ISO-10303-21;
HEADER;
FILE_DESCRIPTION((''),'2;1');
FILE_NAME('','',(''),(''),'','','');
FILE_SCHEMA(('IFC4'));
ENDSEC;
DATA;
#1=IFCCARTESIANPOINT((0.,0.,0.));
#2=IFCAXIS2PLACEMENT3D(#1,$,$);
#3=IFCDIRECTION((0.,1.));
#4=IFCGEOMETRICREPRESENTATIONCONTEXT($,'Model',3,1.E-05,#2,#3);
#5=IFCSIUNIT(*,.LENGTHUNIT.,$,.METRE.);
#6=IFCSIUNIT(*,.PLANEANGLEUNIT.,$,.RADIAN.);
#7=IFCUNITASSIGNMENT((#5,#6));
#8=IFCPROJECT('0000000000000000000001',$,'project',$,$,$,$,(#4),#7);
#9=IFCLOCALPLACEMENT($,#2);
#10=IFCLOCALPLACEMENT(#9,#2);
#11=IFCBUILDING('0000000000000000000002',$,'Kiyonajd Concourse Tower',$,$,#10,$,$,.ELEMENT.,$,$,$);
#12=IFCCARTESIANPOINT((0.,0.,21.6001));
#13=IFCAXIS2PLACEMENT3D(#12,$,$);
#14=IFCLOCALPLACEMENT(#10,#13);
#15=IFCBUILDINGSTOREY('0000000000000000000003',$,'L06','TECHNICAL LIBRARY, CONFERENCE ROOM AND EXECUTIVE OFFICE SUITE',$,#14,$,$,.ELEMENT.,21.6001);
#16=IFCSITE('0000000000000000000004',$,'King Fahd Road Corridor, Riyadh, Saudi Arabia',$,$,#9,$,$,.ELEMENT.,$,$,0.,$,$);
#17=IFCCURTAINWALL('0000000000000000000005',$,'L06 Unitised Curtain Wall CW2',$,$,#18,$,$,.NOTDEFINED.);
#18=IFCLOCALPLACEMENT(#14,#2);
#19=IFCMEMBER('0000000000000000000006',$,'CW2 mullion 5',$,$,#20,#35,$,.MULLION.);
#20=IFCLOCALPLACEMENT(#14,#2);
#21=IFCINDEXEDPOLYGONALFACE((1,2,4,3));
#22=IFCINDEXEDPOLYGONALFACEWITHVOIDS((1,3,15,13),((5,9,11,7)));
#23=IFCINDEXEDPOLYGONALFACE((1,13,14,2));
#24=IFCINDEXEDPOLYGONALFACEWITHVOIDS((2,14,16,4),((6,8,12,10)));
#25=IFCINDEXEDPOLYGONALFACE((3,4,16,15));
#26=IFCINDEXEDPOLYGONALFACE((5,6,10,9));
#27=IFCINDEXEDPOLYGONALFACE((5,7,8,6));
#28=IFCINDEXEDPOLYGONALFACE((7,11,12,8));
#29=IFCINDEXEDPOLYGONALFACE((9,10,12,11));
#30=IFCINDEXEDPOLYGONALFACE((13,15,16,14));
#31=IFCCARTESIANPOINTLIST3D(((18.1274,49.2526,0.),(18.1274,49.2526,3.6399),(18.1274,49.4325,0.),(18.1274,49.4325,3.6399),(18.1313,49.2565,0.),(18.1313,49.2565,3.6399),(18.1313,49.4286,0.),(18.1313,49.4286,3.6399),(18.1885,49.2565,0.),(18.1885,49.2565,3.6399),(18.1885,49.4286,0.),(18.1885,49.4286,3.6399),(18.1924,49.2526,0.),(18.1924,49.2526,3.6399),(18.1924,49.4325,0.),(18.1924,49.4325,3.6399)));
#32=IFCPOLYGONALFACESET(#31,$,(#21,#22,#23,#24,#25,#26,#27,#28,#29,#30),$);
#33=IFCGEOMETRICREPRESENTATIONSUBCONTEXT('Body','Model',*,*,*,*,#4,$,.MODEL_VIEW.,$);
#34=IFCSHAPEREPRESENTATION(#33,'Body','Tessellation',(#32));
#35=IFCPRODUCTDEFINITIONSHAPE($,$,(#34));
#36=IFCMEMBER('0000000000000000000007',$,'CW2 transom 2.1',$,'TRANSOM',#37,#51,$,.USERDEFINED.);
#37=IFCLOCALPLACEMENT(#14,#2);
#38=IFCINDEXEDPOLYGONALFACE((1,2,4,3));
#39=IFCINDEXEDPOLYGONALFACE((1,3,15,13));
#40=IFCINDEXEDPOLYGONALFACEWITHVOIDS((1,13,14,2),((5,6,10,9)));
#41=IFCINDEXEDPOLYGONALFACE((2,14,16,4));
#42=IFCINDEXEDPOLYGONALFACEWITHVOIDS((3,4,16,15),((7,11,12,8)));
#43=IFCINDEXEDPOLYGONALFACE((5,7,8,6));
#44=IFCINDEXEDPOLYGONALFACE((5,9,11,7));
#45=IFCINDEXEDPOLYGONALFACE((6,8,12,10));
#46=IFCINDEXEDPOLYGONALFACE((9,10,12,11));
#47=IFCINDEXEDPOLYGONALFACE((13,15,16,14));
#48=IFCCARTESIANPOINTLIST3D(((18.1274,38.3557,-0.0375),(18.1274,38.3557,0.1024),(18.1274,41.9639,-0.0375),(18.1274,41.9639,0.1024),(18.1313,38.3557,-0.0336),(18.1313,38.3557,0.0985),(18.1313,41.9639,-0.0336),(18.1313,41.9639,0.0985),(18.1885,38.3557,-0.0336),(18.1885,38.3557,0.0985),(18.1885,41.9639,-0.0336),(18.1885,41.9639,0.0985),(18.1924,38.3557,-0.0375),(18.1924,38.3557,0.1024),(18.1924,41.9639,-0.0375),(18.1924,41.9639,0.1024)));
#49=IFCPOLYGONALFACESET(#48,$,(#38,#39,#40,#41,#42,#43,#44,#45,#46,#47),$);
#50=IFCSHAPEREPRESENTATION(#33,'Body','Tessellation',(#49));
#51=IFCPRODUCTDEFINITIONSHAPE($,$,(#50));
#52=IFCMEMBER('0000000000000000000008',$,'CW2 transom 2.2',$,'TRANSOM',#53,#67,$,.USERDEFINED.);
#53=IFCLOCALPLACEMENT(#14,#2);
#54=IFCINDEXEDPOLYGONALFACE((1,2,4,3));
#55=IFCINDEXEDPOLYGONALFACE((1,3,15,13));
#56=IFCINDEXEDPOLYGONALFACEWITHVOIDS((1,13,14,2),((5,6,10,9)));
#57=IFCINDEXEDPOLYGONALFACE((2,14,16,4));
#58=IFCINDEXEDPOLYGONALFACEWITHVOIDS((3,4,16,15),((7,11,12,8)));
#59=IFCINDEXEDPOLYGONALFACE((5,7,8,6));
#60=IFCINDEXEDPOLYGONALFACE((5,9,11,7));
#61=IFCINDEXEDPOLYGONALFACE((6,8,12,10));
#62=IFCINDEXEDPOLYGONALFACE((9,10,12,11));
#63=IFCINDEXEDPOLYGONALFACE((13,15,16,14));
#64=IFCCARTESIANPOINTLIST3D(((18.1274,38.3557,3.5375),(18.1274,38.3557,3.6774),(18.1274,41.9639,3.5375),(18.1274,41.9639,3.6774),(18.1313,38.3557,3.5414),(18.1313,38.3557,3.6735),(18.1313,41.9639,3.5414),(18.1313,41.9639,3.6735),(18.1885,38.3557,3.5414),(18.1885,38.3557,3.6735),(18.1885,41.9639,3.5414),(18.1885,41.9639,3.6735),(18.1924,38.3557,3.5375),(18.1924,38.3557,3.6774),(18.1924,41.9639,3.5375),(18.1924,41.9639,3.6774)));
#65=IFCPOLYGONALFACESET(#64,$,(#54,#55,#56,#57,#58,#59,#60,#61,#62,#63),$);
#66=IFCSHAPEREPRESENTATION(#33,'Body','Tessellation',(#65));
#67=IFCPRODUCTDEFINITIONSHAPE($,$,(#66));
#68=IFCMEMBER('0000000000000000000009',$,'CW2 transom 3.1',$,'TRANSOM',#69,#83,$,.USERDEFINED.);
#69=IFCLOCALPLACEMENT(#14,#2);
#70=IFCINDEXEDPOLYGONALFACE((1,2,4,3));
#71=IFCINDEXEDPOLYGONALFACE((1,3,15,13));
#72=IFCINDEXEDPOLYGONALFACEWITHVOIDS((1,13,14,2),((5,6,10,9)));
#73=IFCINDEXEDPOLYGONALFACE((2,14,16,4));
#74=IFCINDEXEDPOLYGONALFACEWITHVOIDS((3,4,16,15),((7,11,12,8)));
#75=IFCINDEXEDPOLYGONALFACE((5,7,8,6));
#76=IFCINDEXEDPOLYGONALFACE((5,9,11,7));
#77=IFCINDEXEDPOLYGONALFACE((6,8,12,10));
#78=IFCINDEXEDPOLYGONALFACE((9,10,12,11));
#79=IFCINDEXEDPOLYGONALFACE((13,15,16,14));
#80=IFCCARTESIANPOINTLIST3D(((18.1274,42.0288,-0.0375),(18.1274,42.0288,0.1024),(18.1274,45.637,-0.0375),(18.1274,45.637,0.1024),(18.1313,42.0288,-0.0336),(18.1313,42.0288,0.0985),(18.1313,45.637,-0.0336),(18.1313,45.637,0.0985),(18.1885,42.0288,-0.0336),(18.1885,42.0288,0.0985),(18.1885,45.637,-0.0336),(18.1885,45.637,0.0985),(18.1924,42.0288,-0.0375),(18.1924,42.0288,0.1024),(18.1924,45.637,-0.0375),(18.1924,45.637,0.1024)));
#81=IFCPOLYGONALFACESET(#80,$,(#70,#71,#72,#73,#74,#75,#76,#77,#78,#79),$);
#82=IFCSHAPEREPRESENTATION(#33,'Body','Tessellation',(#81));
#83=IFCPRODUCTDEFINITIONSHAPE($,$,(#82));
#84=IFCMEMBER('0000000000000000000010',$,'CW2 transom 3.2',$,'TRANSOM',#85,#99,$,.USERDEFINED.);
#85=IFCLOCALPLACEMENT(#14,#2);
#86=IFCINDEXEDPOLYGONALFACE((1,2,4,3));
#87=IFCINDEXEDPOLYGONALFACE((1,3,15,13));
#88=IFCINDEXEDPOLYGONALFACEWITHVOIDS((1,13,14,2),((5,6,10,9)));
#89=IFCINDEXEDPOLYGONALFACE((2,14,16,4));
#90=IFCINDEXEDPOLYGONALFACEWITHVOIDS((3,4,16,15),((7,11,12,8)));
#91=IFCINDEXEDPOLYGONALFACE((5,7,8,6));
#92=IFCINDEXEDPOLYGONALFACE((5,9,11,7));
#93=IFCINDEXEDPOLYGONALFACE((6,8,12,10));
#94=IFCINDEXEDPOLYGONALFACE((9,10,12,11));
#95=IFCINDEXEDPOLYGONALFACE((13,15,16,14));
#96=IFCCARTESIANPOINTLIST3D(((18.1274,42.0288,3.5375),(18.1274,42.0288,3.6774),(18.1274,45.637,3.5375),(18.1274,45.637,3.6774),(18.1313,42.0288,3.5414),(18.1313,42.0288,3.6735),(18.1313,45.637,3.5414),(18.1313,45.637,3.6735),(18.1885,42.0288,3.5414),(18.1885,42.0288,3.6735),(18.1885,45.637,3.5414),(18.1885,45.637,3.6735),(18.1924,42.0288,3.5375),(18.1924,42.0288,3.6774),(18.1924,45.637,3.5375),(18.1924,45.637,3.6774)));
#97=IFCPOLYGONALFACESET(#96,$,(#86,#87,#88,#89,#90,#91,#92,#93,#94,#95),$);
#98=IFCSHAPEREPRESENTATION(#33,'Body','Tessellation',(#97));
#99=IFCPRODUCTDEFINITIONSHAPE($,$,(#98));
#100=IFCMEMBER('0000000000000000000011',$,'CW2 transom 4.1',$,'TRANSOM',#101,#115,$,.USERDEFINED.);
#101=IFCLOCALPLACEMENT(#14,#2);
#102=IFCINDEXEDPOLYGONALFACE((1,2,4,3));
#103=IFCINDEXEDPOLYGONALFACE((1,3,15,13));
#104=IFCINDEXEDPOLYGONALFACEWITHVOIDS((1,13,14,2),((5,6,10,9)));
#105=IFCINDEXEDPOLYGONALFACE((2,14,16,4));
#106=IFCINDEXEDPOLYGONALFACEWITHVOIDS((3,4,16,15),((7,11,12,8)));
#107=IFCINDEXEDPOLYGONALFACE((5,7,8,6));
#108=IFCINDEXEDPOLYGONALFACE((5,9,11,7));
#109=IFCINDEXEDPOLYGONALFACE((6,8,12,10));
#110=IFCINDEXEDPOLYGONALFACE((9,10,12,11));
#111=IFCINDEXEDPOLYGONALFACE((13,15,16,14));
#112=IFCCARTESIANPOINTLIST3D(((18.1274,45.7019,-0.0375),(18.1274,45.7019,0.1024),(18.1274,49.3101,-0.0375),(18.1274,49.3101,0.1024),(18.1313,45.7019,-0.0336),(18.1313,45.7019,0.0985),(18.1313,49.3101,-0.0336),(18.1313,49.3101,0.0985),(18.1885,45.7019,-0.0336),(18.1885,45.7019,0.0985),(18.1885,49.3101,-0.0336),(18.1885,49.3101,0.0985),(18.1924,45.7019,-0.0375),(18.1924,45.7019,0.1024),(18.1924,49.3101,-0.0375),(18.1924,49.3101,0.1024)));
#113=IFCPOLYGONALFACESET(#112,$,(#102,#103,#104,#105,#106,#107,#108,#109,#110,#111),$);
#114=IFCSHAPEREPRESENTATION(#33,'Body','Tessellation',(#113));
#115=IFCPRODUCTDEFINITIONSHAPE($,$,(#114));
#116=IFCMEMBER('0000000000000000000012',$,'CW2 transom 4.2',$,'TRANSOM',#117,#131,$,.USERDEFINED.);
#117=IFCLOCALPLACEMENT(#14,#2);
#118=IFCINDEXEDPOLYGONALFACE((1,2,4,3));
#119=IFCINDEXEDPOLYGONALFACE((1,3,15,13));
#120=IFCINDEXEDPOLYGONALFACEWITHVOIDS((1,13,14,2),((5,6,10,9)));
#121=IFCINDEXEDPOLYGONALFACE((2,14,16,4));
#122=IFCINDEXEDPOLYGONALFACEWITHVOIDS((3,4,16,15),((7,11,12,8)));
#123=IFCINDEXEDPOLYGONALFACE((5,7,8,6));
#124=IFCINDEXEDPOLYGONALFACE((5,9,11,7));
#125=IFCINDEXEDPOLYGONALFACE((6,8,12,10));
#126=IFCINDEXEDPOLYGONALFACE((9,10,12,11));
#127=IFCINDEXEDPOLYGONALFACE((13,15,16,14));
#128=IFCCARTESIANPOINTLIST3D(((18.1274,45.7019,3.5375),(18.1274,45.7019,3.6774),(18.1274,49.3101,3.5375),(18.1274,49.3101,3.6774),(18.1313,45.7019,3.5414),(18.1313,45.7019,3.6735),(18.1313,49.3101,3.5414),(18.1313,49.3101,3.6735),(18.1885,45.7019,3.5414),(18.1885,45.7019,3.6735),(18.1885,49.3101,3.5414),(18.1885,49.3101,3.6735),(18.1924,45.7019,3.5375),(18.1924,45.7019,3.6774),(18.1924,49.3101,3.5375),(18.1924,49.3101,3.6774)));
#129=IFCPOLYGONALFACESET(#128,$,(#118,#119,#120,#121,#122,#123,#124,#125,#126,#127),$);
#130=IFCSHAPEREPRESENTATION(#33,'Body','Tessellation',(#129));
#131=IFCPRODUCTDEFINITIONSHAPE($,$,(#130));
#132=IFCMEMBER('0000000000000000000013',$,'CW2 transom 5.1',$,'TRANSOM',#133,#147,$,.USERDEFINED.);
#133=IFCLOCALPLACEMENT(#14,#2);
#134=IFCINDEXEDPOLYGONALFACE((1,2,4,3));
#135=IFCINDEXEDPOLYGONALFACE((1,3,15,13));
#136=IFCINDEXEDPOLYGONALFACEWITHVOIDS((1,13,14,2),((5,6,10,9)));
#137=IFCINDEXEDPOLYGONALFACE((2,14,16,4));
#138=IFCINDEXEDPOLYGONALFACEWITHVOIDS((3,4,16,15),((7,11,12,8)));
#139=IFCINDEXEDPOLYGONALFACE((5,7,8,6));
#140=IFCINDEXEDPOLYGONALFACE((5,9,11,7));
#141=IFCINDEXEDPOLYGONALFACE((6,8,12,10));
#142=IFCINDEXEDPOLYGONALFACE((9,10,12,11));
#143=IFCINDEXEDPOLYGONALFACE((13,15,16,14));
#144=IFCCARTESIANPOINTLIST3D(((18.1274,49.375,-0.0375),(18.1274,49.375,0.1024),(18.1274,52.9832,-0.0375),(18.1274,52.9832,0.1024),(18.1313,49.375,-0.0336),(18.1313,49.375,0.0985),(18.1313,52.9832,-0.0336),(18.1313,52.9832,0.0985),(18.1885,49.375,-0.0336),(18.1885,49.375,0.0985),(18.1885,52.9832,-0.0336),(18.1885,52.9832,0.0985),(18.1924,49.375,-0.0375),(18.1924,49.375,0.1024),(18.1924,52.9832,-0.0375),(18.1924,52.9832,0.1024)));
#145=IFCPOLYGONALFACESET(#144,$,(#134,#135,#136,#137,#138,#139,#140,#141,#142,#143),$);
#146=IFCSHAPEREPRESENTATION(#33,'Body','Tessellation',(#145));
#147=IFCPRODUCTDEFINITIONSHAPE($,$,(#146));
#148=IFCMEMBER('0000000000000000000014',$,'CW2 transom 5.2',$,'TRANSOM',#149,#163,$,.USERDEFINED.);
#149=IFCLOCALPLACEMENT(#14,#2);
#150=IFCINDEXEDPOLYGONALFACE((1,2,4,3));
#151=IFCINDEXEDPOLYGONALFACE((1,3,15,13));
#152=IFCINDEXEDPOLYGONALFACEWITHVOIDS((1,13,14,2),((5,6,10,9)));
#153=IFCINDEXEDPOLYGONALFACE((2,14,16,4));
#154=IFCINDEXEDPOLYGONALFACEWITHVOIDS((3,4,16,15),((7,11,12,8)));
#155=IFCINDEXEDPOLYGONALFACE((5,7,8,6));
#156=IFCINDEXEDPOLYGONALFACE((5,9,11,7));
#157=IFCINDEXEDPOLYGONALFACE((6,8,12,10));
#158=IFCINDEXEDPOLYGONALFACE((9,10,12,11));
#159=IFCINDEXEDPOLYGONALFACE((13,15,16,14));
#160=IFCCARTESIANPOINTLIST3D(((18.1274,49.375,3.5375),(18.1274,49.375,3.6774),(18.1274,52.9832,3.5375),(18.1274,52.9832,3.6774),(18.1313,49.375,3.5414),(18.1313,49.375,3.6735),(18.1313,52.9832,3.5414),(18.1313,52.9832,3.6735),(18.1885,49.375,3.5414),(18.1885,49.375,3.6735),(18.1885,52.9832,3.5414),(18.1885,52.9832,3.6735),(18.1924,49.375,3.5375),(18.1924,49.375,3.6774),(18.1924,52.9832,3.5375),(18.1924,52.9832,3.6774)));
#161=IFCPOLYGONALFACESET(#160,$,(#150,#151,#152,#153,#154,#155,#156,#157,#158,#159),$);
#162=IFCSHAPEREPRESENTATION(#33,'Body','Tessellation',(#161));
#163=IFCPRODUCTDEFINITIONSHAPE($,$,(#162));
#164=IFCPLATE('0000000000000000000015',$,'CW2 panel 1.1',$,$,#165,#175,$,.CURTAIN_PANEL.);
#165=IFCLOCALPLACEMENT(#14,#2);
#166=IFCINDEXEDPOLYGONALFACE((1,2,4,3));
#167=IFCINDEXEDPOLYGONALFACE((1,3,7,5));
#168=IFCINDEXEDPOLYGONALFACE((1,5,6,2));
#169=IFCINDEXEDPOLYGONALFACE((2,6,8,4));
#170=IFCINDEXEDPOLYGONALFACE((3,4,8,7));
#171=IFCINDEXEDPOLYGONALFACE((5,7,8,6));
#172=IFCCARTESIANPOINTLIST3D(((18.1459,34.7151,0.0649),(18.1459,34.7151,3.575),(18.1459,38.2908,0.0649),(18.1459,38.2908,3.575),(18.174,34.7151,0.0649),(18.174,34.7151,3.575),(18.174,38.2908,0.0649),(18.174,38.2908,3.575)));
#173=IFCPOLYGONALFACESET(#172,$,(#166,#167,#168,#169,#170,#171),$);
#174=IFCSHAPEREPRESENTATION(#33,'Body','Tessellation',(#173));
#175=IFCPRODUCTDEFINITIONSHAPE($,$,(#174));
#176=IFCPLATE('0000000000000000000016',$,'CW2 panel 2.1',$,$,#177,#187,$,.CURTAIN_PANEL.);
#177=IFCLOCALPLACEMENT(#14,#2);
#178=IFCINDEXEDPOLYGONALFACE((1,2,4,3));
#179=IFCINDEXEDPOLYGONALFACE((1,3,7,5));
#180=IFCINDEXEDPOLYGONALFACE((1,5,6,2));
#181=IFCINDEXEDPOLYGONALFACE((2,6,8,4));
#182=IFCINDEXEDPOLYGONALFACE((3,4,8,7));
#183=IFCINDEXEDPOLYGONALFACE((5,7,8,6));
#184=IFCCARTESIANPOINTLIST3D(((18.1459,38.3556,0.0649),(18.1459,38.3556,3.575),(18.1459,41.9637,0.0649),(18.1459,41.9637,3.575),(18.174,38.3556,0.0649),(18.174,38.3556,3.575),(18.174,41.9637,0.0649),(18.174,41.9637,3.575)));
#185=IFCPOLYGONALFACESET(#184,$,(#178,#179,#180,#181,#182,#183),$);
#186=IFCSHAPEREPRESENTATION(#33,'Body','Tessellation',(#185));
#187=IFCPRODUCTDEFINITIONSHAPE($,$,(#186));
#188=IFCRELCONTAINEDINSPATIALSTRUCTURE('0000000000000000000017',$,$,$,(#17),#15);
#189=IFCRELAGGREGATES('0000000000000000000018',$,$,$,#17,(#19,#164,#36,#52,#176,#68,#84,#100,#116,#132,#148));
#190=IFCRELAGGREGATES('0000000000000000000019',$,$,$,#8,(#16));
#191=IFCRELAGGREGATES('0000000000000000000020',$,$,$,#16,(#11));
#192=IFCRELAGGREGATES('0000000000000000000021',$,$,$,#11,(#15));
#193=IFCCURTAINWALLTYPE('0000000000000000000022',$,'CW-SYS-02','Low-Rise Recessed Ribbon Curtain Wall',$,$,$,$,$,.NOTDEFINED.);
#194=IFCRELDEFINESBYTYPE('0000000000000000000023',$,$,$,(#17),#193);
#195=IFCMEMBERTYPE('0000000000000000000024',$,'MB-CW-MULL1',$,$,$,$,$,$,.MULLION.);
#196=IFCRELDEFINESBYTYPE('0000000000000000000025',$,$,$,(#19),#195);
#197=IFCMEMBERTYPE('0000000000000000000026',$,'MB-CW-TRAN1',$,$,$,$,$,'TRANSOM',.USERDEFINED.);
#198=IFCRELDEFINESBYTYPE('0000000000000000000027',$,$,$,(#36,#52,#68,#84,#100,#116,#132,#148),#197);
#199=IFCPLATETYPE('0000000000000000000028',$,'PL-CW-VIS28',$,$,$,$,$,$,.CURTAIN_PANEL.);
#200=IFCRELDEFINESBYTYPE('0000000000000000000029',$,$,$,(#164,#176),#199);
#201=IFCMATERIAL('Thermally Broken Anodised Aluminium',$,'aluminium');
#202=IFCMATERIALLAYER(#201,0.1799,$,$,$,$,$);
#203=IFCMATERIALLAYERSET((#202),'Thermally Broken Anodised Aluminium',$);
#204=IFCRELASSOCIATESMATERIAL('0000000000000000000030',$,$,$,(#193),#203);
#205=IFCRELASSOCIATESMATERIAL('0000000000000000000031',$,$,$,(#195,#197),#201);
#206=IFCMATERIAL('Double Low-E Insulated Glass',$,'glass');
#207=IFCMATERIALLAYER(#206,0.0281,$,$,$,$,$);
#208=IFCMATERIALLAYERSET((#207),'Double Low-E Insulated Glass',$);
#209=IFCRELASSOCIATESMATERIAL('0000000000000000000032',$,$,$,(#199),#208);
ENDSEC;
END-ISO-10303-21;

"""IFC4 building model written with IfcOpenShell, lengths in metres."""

from ifc_helpers import new_model, si_unit, direction, frame, origin, origin_2d, place, context, subcontext, project, spatial, rectangle, hollow_rectangle, extrude, material, layer, layer_set, material_profile, profile_set, type_object, element, aggregate, save


model = new_model("IFC4")

# Units and contexts
model_context = context("Model", 3, precision=1e-05, world=origin(), true_north=direction((0.0, 1.0)))
body_context = subcontext(model_context, "Body", "Model", "MODEL_VIEW")
ifc_project = project(units=[si_unit("LENGTHUNIT", "METRE"), si_unit("PLANEANGLEUNIT", "RADIAN")], contexts=[model_context])

# Site, building, storey
site_placement = place(None, origin())
site = spatial("IfcSite", under=ifc_project, at=site_placement, Name="King Fahd Road Corridor, Riyadh, Saudi Arabia", CompositionType="ELEMENT", RefElevation=0.0)
building_placement = place(site_placement, origin())
building = spatial("IfcBuilding", under=site, at=building_placement, Name="Kiyonajd Concourse Tower", CompositionType="ELEMENT")
storey_placement = place(building_placement, frame((0.0, 0.0, 21.6001)))
storey = spatial("IfcBuildingStorey", under=building, at=storey_placement, Name="L06", Description="TECHNICAL LIBRARY, CONFERENCE ROOM AND EXECUTIVE OFFICE SUITE", CompositionType="ELEMENT", Elevation=21.6001)

# Curtain wall, members, plates
ifc_material_1 = material(Name="Thermally Broken Anodised Aluminium", Category="aluminium")
ifc_layer_1 = layer(ifc_material_1, 0.1799)
ifc_layer_set_1 = layer_set([ifc_layer_1], Name="Thermally Broken Anodised Aluminium")
curtain_wall_type = type_object("IfcCurtainWallType", Name="CW-SYS-02", Description="Low-Rise Recessed Ribbon Curtain Wall", PredefinedType="NOTDEFINED", material=ifc_layer_set_1)
curtain_wall_placement = place(storey_placement, origin())
curtain_wall = element("IfcCurtainWall", 1, at=curtain_wall_placement, inside=storey, type_object=curtain_wall_type, Name="L06 Unitised Curtain Wall CW2", PredefinedType="NOTDEFINED")
ifc_material_profile_1 = material_profile(ifc_material_1, hollow_rectangle(XDim=0.0649, YDim=0.1799, WallThickness=0.0039, at=origin_2d()), Name="MULL-65x180")
ifc_profile_set_1 = profile_set([ifc_material_profile_1], Name="Thermally Broken Anodised Aluminium")
member_type_1 = type_object("IfcMemberType", Name="MB-CW-MULL1", PredefinedType="MULLION", material=ifc_profile_set_1)
member_1_placement = place(storey_placement, frame((18.1599, 49.3425, 0.0), z_axis=(0.0, 0.0, 1.0), x_axis=(-1.0, 0.0, 0.0)))
member_1 = element("IfcMember", 2, at=member_1_placement, type_object=member_type_1, Name="CW2 mullion 5", PredefinedType="MULLION", context=body_context, shape_type="SweptSolid", body=[
    extrude(hollow_rectangle(XDim=0.0649, YDim=0.1799, WallThickness=0.0039, at=origin_2d()), origin(), (0.0, 0.0, 1.0), 3.6399),
])
ifc_material_profile_2 = material_profile(ifc_material_1, hollow_rectangle(XDim=0.0649, YDim=0.1399, WallThickness=0.0039, at=origin_2d()), Name="TRAN-65x140")
ifc_profile_set_2 = profile_set([ifc_material_profile_2], Name="Thermally Broken Anodised Aluminium")
member_type_2 = type_object("IfcMemberType", Name="MB-CW-TRAN1", ElementType="TRANSOM", PredefinedType="USERDEFINED", material=ifc_profile_set_2)
member_2_placement = place(storey_placement, frame((18.1599, 38.3557, 0.0325), z_axis=(0.0, 1.0, 0.0), x_axis=(-1.0, 0.0, 0.0)))
member_2 = element("IfcMember", 3, at=member_2_placement, type_object=member_type_2, Name="CW2 transom 2.1", ObjectType="TRANSOM", PredefinedType="USERDEFINED", context=body_context, shape_type="SweptSolid", body=[
    extrude(hollow_rectangle(XDim=0.0649, YDim=0.1399, WallThickness=0.0039, at=origin_2d()), origin(), (0.0, 0.0, 1.0), 3.6082),
])
member_3_placement = place(storey_placement, frame((18.1599, 38.3557, 3.6074), z_axis=(0.0, 1.0, 0.0), x_axis=(-1.0, 0.0, 0.0)))
member_3 = element("IfcMember", 4, at=member_3_placement, type_object=member_type_2, Name="CW2 transom 2.2", ObjectType="TRANSOM", PredefinedType="USERDEFINED", context=body_context, shape_type="SweptSolid", body=[
    extrude(hollow_rectangle(XDim=0.0649, YDim=0.1399, WallThickness=0.0039, at=origin_2d()), origin(), (0.0, 0.0, 1.0), 3.6082),
])
member_4_placement = place(storey_placement, frame((18.1599, 42.0288, 0.0325), z_axis=(0.0, 1.0, 0.0), x_axis=(-1.0, 0.0, 0.0)))
member_4 = element("IfcMember", 5, at=member_4_placement, type_object=member_type_2, Name="CW2 transom 3.1", ObjectType="TRANSOM", PredefinedType="USERDEFINED", context=body_context, shape_type="SweptSolid", body=[
    extrude(hollow_rectangle(XDim=0.0649, YDim=0.1399, WallThickness=0.0039, at=origin_2d()), origin(), (0.0, 0.0, 1.0), 3.6082),
])
member_5_placement = place(storey_placement, frame((18.1599, 42.0288, 3.6074), z_axis=(0.0, 1.0, 0.0), x_axis=(-1.0, 0.0, 0.0)))
member_5 = element("IfcMember", 6, at=member_5_placement, type_object=member_type_2, Name="CW2 transom 3.2", ObjectType="TRANSOM", PredefinedType="USERDEFINED", context=body_context, shape_type="SweptSolid", body=[
    extrude(hollow_rectangle(XDim=0.0649, YDim=0.1399, WallThickness=0.0039, at=origin_2d()), origin(), (0.0, 0.0, 1.0), 3.6082),
])
member_6_placement = place(storey_placement, frame((18.1599, 45.7019, 0.0325), z_axis=(0.0, 1.0, 0.0), x_axis=(-1.0, 0.0, 0.0)))
member_6 = element("IfcMember", 7, at=member_6_placement, type_object=member_type_2, Name="CW2 transom 4.1", ObjectType="TRANSOM", PredefinedType="USERDEFINED", context=body_context, shape_type="SweptSolid", body=[
    extrude(hollow_rectangle(XDim=0.0649, YDim=0.1399, WallThickness=0.0039, at=origin_2d()), origin(), (0.0, 0.0, 1.0), 3.6082),
])
member_7_placement = place(storey_placement, frame((18.1599, 45.7019, 3.6074), z_axis=(0.0, 1.0, 0.0), x_axis=(-1.0, 0.0, 0.0)))
member_7 = element("IfcMember", 8, at=member_7_placement, type_object=member_type_2, Name="CW2 transom 4.2", ObjectType="TRANSOM", PredefinedType="USERDEFINED", context=body_context, shape_type="SweptSolid", body=[
    extrude(hollow_rectangle(XDim=0.0649, YDim=0.1399, WallThickness=0.0039, at=origin_2d()), origin(), (0.0, 0.0, 1.0), 3.6082),
])
member_8_placement = place(storey_placement, frame((18.1599, 49.375, 0.0325), z_axis=(0.0, 1.0, 0.0), x_axis=(-1.0, 0.0, 0.0)))
member_8 = element("IfcMember", 9, at=member_8_placement, type_object=member_type_2, Name="CW2 transom 5.1", ObjectType="TRANSOM", PredefinedType="USERDEFINED", context=body_context, shape_type="SweptSolid", body=[
    extrude(hollow_rectangle(XDim=0.0649, YDim=0.1399, WallThickness=0.0039, at=origin_2d()), origin(), (0.0, 0.0, 1.0), 3.6082),
])
member_9_placement = place(storey_placement, frame((18.1599, 49.375, 3.6074), z_axis=(0.0, 1.0, 0.0), x_axis=(-1.0, 0.0, 0.0)))
member_9 = element("IfcMember", 10, at=member_9_placement, type_object=member_type_2, Name="CW2 transom 5.2", ObjectType="TRANSOM", PredefinedType="USERDEFINED", context=body_context, shape_type="SweptSolid", body=[
    extrude(hollow_rectangle(XDim=0.0649, YDim=0.1399, WallThickness=0.0039, at=origin_2d()), origin(), (0.0, 0.0, 1.0), 3.6082),
])
ifc_material_2 = material(Name="Double Low-E Insulated Glass", Category="glass")
ifc_layer_2 = layer(ifc_material_2, 0.0281)
ifc_layer_set_2 = layer_set([ifc_layer_2], Name="Double Low-E Insulated Glass")
plate_type = type_object("IfcPlateType", Name="PL-CW-VIS28", PredefinedType="CURTAIN_PANEL", material=ifc_layer_set_2)
plate_1_placement = place(storey_placement, frame((18.1599, 36.5029, 0.0649), z_axis=(0.0, 0.0, 1.0), x_axis=(0.0, 1.0, 0.0)))
plate_1 = element("IfcPlate", 11, at=plate_1_placement, type_object=plate_type, Name="CW2 panel 1.1", PredefinedType="CURTAIN_PANEL", context=body_context, shape_type="SweptSolid", body=[
    extrude(rectangle(XDim=3.5757, YDim=0.0281, at=origin_2d()), origin(), (0.0, 0.0, 1.0), 3.51),
])
plate_2_placement = place(storey_placement, frame((18.1599, 40.1597, 0.0649), z_axis=(0.0, 0.0, 1.0), x_axis=(0.0, 1.0, 0.0)))
plate_2 = element("IfcPlate", 12, at=plate_2_placement, type_object=plate_type, Name="CW2 panel 2.1", PredefinedType="CURTAIN_PANEL", context=body_context, shape_type="SweptSolid", body=[
    extrude(rectangle(XDim=3.6082, YDim=0.0281, at=origin_2d()), origin(), (0.0, 0.0, 1.0), 3.51),
])
aggregate(curtain_wall, [member_1, plate_1, member_2, member_3, plate_2, member_4, member_5, member_6, member_7, member_8, member_9])

save(model, "model.ifc")
